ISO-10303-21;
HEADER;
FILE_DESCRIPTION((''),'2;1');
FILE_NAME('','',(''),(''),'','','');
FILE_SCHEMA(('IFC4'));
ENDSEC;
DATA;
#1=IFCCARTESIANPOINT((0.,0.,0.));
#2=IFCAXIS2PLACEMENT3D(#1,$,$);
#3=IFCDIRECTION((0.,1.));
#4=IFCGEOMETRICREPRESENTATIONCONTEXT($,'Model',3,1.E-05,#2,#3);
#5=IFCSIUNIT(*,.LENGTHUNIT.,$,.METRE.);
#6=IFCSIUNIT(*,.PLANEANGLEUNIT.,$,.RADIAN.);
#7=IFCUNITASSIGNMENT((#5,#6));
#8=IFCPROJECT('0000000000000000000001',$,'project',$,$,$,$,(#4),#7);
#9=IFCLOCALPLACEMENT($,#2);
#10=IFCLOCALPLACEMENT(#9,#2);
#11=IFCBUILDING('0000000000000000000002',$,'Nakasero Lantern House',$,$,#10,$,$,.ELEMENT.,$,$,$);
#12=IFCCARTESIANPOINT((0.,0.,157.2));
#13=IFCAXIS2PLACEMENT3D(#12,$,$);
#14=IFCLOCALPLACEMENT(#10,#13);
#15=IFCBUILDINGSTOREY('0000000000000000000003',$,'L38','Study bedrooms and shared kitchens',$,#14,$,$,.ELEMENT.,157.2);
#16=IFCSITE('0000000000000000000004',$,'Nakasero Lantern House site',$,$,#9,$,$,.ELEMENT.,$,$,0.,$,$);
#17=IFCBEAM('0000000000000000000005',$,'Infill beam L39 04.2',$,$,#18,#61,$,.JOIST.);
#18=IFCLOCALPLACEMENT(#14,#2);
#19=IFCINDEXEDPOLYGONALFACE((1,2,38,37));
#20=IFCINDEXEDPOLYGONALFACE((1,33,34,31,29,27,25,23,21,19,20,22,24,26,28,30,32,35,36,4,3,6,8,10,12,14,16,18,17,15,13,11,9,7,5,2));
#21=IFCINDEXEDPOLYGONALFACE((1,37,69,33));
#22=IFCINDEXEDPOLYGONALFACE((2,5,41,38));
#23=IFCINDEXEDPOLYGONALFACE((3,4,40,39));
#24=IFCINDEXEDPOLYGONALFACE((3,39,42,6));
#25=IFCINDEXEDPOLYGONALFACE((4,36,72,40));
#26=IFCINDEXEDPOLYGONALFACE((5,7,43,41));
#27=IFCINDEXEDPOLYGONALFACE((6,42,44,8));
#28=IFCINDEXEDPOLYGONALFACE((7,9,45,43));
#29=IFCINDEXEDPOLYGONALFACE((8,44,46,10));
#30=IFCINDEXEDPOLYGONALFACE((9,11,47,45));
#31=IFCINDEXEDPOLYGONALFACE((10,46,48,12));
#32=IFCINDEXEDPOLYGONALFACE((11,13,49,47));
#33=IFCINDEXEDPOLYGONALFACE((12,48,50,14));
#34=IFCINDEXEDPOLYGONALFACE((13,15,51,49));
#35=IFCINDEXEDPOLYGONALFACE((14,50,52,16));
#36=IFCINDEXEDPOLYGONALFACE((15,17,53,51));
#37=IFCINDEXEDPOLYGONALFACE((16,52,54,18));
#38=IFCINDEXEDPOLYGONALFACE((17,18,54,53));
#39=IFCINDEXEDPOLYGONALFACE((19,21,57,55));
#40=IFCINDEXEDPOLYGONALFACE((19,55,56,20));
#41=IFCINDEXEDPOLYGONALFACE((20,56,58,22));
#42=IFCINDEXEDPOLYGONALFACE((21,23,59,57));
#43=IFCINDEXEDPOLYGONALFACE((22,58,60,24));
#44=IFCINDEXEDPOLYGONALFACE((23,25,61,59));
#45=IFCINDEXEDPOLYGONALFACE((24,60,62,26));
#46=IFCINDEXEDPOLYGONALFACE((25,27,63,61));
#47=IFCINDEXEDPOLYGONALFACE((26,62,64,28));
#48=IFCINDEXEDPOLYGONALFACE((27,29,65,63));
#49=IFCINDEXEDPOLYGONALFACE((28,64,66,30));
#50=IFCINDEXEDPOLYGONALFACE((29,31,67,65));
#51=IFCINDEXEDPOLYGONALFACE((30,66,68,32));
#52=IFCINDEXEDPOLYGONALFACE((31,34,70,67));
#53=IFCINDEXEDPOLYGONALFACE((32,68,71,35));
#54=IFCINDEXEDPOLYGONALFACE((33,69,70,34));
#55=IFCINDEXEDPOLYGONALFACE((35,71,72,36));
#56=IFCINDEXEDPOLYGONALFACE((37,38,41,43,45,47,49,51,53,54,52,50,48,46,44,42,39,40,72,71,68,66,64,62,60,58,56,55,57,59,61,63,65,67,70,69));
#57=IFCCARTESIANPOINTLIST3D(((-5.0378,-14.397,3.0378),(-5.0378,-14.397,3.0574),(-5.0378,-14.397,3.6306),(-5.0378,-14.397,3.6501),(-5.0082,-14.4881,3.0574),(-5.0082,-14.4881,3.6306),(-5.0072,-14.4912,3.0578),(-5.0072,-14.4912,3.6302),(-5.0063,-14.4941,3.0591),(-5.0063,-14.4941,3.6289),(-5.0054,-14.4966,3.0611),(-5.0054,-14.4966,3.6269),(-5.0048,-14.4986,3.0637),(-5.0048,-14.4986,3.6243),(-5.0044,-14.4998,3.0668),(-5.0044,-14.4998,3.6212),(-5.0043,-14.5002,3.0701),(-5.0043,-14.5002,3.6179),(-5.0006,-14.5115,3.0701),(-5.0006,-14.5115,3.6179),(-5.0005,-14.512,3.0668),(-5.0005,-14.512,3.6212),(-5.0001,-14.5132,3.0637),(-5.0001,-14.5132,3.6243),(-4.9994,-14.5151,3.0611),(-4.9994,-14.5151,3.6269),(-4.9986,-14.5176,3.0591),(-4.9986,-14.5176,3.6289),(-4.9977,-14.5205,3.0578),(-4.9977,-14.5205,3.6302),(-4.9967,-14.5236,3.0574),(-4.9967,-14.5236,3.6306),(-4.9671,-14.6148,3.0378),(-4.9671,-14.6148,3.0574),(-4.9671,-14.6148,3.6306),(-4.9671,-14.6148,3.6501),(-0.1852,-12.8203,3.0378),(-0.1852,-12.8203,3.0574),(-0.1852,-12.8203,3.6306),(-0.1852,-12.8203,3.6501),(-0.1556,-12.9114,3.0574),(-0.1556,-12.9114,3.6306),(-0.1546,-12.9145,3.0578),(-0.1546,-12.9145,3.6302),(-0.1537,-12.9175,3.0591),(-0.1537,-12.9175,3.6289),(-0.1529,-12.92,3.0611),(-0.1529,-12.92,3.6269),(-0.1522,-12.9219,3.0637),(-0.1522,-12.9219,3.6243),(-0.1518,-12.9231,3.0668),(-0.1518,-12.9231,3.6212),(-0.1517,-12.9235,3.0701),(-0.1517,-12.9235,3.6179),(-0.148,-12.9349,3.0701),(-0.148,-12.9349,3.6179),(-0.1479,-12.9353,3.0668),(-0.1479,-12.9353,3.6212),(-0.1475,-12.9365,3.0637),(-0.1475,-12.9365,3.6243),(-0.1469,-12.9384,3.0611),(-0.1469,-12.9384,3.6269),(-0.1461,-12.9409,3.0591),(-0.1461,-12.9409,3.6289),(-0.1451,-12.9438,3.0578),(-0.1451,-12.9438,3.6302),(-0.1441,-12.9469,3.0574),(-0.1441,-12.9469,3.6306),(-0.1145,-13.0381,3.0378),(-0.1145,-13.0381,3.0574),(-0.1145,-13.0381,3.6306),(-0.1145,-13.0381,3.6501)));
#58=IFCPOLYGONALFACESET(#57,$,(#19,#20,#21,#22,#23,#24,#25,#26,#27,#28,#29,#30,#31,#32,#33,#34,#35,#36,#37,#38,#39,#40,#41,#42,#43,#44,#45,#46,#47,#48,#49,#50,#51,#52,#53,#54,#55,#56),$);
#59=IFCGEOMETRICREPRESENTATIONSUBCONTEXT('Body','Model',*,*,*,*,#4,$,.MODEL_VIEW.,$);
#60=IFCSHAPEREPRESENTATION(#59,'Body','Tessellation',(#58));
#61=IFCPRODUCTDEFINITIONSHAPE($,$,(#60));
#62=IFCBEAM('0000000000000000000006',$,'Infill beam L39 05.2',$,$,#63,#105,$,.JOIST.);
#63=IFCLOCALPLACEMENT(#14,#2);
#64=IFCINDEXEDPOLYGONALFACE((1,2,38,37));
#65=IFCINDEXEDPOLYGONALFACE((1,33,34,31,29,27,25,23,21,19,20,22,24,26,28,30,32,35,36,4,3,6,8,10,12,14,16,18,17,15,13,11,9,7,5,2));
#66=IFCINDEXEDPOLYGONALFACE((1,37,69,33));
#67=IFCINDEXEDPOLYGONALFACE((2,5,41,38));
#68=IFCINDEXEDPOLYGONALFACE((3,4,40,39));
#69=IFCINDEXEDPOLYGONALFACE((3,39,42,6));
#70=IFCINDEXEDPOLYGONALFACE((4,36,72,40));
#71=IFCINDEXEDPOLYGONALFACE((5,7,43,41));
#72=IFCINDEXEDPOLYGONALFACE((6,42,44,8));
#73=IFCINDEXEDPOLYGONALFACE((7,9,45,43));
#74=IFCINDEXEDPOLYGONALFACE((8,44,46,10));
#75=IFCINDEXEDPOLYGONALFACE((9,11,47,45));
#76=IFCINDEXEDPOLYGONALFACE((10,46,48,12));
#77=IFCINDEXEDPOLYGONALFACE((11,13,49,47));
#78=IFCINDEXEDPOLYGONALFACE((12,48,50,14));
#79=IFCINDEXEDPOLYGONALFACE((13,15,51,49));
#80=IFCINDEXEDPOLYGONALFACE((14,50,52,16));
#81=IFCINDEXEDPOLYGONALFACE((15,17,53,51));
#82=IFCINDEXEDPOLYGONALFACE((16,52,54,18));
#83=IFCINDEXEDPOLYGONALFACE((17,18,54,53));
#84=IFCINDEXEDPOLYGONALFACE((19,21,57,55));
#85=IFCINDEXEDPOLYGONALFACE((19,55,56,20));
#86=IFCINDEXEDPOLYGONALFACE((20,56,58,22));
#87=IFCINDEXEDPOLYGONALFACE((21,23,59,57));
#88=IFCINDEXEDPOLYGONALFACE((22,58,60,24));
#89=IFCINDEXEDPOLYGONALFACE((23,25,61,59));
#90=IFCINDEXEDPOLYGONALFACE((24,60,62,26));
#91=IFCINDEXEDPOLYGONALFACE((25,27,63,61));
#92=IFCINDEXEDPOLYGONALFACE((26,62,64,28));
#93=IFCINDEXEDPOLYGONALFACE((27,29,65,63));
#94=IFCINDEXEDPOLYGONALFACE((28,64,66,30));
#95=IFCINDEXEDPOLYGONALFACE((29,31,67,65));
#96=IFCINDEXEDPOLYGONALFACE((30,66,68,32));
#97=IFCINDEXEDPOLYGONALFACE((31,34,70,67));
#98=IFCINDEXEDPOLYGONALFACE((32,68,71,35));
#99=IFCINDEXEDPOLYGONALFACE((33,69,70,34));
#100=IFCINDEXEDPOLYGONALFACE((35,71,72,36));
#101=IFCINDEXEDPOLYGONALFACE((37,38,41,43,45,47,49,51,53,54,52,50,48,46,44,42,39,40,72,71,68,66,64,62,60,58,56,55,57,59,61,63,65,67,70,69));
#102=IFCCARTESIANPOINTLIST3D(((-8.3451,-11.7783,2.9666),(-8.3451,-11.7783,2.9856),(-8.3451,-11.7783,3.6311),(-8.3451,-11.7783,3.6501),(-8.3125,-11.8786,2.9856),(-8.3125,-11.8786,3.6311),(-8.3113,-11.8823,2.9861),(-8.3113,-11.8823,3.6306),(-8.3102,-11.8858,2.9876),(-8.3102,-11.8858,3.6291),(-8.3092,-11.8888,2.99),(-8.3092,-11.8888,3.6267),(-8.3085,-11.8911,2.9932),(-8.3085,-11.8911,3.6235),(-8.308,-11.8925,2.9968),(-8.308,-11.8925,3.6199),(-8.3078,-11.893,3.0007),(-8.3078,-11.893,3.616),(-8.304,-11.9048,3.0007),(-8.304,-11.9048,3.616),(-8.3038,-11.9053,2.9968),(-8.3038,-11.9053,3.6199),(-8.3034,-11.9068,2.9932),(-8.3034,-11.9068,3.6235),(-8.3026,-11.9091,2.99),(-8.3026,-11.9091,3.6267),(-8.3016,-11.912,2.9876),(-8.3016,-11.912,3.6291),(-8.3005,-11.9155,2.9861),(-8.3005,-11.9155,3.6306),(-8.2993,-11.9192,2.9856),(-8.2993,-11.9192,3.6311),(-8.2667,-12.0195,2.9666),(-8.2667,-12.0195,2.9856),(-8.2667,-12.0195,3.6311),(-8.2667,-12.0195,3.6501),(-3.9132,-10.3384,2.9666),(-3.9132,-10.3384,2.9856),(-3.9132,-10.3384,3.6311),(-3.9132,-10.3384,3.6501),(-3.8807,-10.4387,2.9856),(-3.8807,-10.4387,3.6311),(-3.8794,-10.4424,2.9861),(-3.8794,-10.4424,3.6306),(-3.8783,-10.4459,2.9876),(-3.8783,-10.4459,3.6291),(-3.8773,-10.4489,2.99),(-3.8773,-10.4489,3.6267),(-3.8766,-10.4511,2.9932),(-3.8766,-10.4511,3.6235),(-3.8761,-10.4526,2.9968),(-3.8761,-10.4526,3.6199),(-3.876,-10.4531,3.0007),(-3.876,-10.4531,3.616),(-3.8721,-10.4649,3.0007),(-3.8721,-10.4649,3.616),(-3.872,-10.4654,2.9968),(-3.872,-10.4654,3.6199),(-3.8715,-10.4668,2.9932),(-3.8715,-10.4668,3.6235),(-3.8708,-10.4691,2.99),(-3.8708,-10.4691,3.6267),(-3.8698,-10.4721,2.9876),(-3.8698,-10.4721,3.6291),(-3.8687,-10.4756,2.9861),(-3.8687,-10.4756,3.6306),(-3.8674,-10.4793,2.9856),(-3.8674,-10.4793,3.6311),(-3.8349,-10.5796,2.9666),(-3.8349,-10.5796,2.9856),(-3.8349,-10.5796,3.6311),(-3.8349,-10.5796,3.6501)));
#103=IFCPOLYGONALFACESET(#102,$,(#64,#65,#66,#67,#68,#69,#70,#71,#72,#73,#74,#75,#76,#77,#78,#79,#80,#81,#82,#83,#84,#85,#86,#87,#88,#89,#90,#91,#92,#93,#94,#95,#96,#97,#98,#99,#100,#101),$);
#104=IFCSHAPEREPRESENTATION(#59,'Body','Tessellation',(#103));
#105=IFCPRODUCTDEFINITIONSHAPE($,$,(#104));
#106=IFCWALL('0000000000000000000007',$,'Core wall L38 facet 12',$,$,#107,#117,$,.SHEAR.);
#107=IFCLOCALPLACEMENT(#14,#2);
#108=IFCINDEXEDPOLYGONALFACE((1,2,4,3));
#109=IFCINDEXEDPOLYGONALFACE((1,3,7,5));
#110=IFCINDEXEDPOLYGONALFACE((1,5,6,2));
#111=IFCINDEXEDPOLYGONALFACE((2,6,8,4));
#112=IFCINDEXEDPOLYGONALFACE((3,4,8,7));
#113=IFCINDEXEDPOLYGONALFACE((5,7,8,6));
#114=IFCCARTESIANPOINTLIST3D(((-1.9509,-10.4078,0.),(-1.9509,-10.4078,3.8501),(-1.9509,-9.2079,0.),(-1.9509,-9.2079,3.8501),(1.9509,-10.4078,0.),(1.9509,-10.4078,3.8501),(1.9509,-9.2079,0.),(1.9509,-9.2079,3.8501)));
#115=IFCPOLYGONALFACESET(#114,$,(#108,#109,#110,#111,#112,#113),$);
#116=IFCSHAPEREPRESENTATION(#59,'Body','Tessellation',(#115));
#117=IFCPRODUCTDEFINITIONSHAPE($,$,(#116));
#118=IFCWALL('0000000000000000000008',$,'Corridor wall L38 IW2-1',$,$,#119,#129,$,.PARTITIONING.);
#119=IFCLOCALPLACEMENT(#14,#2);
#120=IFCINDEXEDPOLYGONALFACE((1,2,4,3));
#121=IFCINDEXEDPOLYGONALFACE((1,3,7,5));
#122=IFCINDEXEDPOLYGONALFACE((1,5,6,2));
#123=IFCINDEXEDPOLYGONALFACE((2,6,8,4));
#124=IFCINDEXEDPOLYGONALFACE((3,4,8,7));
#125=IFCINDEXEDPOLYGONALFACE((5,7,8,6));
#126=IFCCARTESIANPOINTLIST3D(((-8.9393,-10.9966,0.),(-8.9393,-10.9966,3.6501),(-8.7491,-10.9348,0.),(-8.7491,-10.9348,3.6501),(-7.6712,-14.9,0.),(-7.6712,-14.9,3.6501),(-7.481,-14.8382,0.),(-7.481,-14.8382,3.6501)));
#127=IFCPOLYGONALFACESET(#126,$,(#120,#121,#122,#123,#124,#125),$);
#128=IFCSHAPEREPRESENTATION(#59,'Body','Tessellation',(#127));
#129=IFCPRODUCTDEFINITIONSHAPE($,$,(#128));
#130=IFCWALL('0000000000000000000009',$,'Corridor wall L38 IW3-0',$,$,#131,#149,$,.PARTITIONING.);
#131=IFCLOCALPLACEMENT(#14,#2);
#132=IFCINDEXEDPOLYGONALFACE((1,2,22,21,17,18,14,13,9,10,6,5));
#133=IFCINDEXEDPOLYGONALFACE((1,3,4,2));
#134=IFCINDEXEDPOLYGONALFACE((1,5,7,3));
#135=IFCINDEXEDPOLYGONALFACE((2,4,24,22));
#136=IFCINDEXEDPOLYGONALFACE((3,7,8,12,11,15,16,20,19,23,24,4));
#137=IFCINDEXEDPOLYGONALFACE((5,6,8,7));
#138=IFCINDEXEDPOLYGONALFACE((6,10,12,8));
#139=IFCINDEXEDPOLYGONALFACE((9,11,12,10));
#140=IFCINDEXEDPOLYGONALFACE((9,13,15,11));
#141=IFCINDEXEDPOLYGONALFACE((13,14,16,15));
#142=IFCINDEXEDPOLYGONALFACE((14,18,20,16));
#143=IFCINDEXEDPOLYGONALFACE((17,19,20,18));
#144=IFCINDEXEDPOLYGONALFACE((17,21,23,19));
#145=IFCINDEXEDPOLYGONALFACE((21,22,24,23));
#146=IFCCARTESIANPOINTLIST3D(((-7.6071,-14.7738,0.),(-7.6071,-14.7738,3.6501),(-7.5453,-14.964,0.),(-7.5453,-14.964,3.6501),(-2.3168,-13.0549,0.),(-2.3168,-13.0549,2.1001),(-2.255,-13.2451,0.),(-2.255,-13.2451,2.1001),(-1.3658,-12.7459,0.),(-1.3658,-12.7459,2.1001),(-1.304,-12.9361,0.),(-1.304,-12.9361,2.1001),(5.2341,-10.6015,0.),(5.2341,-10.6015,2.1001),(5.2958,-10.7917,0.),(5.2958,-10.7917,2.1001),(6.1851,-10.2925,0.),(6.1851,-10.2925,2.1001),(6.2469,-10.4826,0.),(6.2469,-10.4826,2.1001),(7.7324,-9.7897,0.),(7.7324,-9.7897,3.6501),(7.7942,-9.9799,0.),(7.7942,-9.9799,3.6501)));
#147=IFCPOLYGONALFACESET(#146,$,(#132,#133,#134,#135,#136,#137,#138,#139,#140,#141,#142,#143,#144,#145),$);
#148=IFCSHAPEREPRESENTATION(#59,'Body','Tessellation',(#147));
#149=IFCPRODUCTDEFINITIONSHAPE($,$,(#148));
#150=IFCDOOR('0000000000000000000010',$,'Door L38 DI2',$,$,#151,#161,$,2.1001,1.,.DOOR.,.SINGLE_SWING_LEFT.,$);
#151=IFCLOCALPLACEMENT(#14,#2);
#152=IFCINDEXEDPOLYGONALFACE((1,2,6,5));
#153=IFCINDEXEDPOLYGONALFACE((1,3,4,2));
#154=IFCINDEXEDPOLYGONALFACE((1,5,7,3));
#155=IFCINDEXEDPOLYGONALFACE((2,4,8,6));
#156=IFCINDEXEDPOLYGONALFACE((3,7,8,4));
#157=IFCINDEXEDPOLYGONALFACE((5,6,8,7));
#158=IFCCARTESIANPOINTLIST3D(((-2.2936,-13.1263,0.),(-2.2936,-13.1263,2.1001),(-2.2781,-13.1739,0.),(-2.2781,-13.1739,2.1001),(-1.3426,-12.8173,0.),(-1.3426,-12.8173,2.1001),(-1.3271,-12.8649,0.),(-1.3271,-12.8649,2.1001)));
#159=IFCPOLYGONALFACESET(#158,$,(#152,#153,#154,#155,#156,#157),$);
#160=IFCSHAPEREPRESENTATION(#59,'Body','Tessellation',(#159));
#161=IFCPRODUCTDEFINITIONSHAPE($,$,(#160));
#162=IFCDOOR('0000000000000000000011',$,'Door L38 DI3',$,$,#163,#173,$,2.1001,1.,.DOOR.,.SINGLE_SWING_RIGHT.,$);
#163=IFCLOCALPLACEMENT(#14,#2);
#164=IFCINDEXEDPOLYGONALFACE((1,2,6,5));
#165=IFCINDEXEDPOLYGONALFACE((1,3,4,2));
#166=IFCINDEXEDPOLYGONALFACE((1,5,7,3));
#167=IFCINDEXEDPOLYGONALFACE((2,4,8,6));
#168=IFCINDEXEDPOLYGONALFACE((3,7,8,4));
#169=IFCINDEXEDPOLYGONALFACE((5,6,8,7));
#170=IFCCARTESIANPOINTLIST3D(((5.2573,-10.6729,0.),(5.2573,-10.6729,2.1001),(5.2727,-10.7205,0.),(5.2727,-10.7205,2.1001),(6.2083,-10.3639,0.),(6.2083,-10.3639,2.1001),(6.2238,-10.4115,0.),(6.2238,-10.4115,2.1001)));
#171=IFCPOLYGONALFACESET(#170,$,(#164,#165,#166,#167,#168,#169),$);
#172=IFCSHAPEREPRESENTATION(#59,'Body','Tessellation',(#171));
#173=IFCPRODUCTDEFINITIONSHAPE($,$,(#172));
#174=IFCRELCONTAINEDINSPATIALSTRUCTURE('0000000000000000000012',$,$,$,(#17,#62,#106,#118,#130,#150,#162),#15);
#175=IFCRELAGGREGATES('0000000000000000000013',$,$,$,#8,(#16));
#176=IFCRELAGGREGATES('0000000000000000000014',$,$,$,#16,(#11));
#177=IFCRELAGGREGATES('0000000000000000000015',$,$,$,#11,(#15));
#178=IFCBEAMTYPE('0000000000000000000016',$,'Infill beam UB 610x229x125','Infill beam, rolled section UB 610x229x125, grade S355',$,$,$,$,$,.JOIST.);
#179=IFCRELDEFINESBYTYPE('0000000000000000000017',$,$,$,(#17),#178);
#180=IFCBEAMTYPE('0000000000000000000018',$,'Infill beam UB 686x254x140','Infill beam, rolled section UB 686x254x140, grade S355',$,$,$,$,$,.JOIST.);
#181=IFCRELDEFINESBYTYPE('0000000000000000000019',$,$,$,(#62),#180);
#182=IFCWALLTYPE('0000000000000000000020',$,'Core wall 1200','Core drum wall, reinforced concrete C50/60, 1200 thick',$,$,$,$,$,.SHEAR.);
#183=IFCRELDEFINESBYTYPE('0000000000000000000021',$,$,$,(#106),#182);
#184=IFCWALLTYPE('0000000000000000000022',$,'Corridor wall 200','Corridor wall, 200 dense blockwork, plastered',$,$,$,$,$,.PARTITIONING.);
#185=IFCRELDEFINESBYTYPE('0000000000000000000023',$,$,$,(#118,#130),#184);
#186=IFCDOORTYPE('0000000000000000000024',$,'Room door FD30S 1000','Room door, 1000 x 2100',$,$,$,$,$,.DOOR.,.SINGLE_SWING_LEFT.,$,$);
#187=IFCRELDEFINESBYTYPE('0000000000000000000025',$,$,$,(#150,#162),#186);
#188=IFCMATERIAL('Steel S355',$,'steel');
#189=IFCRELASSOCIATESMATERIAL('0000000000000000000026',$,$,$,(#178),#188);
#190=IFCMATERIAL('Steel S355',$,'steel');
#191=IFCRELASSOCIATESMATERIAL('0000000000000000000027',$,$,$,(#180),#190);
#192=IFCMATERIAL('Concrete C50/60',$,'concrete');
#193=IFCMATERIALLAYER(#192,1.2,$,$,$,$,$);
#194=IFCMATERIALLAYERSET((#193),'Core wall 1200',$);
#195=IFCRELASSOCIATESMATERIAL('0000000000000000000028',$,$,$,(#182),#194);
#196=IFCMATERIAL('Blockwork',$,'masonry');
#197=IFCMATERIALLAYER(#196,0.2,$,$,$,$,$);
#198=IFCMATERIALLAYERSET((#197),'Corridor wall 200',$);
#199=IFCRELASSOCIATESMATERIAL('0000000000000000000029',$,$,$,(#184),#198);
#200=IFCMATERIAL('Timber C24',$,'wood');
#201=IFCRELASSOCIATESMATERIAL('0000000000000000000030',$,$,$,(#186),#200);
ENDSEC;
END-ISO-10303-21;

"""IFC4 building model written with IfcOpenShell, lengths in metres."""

from ifc_helpers import new_model, si_unit, direction, frame, frame_2d, origin, origin_2d, place, context, subcontext, project, spatial, rectangle, i_section, extrude, material, layer, layer_set, material_profile, profile_set, type_object, element, fill, save


model = new_model("IFC4")

# Units and contexts
model_context = context("Model", 3, precision=1e-05, world=origin(), true_north=direction((0.0, 1.0)))
body_context = subcontext(model_context, "Body", "Model", "MODEL_VIEW")
ifc_project = project(units=[si_unit("LENGTHUNIT", "METRE"), si_unit("PLANEANGLEUNIT", "RADIAN")], contexts=[model_context])

# Site, building, storey
site_placement = place(None, origin())
site = spatial("IfcSite", under=ifc_project, at=site_placement, Name="Nakasero Lantern House site", CompositionType="ELEMENT", RefElevation=0.0)
building_placement = place(site_placement, origin())
building = spatial("IfcBuilding", under=site, at=building_placement, Name="Nakasero Lantern House", CompositionType="ELEMENT")
storey_placement = place(building_placement, frame((0.0, 0.0, 157.2)))
storey = spatial("IfcBuildingStorey", under=building, at=storey_placement, Name="L38", Description="Study bedrooms and shared kitchens", CompositionType="ELEMENT", Elevation=157.2)

# Beams
ifc_material_1 = material(Name="Steel S355", Category="steel")
ifc_material_profile_1 = material_profile(ifc_material_1, i_section(OverallWidth=0.229, OverallDepth=0.6123, WebThickness=0.012, FlangeThickness=0.0195, FilletRadius=0.0127, at=origin_2d()), Name="UB 610x229x125")
ifc_profile_set_1 = profile_set([ifc_material_profile_1], Name="Steel S355")
beam_type_1 = type_object("IfcBeamType", Name="Infill beam UB 610x229x125", Description="Infill beam, rolled section UB 610x229x125, grade S355", PredefinedType="JOIST", material=ifc_profile_set_1)
beam_1_placement = place(storey_placement, frame((-5.0024, -14.5059, 3.344), z_axis=(0.951058, 0.309012, 0.0), x_axis=(-0.309012, 0.951058, 0.0)))
element("IfcBeam", 1, at=beam_1_placement, inside=storey, type_object=beam_type_1, Name="Infill beam L39 04.2", PredefinedType="JOIST", context=body_context, shape_type="SweptSolid", body=[
    extrude(i_section(OverallWidth=0.229, OverallDepth=0.6123, WebThickness=0.012, FlangeThickness=0.0195, FilletRadius=0.0127, at=origin_2d()), origin(), (0.0, 0.0, 1.0), 5.1023),
])
ifc_material_2 = material(Name="Steel S355", Category="steel")
ifc_material_profile_2 = material_profile(ifc_material_2, i_section(OverallWidth=0.2537, OverallDepth=0.6836, WebThickness=0.0125, FlangeThickness=0.019, FilletRadius=0.0151, at=origin_2d()), Name="UB 686x254x140")
ifc_profile_set_2 = profile_set([ifc_material_profile_2], Name="Steel S355")
beam_type_2 = type_object("IfcBeamType", Name="Infill beam UB 686x254x140", Description="Infill beam, rolled section UB 686x254x140, grade S355", PredefinedType="JOIST", material=ifc_profile_set_2)
beam_2_placement = place(storey_placement, frame((-8.3059, -11.8989, 3.3083), z_axis=(0.951061, 0.309004, 0.0), x_axis=(-0.309004, 0.951061, 0.0)))
element("IfcBeam", 2, at=beam_2_placement, inside=storey, type_object=beam_type_2, Name="Infill beam L39 05.2", PredefinedType="JOIST", context=body_context, shape_type="SweptSolid", body=[
    extrude(i_section(OverallWidth=0.2537, OverallDepth=0.6836, WebThickness=0.0125, FlangeThickness=0.019, FilletRadius=0.0151, at=origin_2d()), origin(), (0.0, 0.0, 1.0), 4.6599),
])

# Walls
ifc_material_3 = material(Name="Concrete C50/60", Category="concrete")
ifc_layer_1 = layer(ifc_material_3, 1.2)
ifc_layer_set_1 = layer_set([ifc_layer_1], Name="Core wall 1200")
wall_type_1 = type_object("IfcWallType", Name="Core wall 1200", Description="Core drum wall, reinforced concrete C50/60, 1200 thick", PredefinedType="SHEAR", material=ifc_layer_set_1)
wall_1_placement = place(storey_placement, frame((-1.9509, -9.8079, 0.0), z_axis=(0.0, 0.0, 1.0), x_axis=(1.0, 0.0, 0.0)))
element("IfcWall", 3, at=wall_1_placement, inside=storey, type_object=wall_type_1, Name="Core wall L38 facet 12", PredefinedType="SHEAR", context=body_context, shape_type="SweptSolid", body=[
    extrude(rectangle(XDim=3.9019, YDim=1.2, at=frame_2d((1.9509, 0.0))), origin(), (0.0, 0.0, 1.0), 3.8501),
])
ifc_material_4 = material(Name="Blockwork", Category="masonry")
ifc_layer_2 = layer(ifc_material_4, 0.2)
ifc_layer_set_2 = layer_set([ifc_layer_2], Name="Corridor wall 200")
wall_type_2 = type_object("IfcWallType", Name="Corridor wall 200", Description="Corridor wall, 200 dense blockwork, plastered", PredefinedType="PARTITIONING", material=ifc_layer_set_2)
wall_2_placement = place(storey_placement, frame((-8.8442, -10.9656, 0.0), z_axis=(0.0, 0.0, 1.0), x_axis=(0.308973, -0.951071, 0.0)))
element("IfcWall", 4, at=wall_2_placement, inside=storey, type_object=wall_type_2, Name="Corridor wall L38 IW2-1", PredefinedType="PARTITIONING", context=body_context, shape_type="SweptSolid", body=[
    extrude(rectangle(XDim=4.1042, YDim=0.2, at=frame_2d((2.0522, 0.0))), origin(), (0.0, 0.0, 1.0), 3.6501),
])

# Wall, openings, doors
wall_3_placement = place(storey_placement, frame((-7.5762, -14.8689, 0.0), z_axis=(0.0, 0.0, 1.0), x_axis=(0.951057, 0.309017, 0.0)))
wall_3 = element("IfcWall", 5, at=wall_3_placement, inside=storey, type_object=wall_type_2, Name="Corridor wall L38 IW3-0", PredefinedType="PARTITIONING", context=body_context, shape_type="SweptSolid", body=[
    extrude(rectangle(XDim=16.1289, YDim=0.2, at=frame_2d((8.0645, 0.0))), origin(), (0.0, 0.0, 1.0), 3.6501),
])
opening_1_placement = place(wall_3_placement, frame((5.5625, 0.0, 0.0)))
opening_1 = element("IfcOpeningElement", 6, at=opening_1_placement, cuts=wall_3, PredefinedType="OPENING", context=body_context, shape_type="SweptSolid", body=[
    extrude(rectangle(XDim=1.0, YDim=2.1001, at=frame_2d((0.5, 1.05))), frame((0.0, 0.1199, 0.0), z_axis=(0.0, -1.0, 0.0), x_axis=(1.0, 0.0, 0.0)), (0.0, 0.0, 1.0), 0.24),
])
opening_2_placement = place(wall_3_placement, frame((13.502, 0.0, 0.0)))
opening_2 = element("IfcOpeningElement", 7, at=opening_2_placement, cuts=wall_3, PredefinedType="OPENING", context=body_context, shape_type="SweptSolid", body=[
    extrude(rectangle(XDim=1.0, YDim=2.1001, at=frame_2d((0.5, 1.05))), frame((0.0, 0.1199, 0.0), z_axis=(0.0, -1.0, 0.0), x_axis=(1.0, 0.0, 0.0)), (0.0, 0.0, 1.0), 0.24),
])
ifc_material_5 = material(Name="Timber C24", Category="wood")
door_type_1 = type_object("IfcDoorType", Name="Room door FD30S 1000", Description="Room door, 1000 x 2100", OperationType="SINGLE_SWING_LEFT", PredefinedType="DOOR", material=ifc_material_5)
door_1_placement = place(opening_1_placement, origin())
door_1 = element("IfcDoor", 8, at=door_1_placement, inside=storey, type_object=door_type_1, Name="Door L38 DI2", OperationType="SINGLE_SWING_LEFT", OverallHeight=2.1001, OverallWidth=1.0, PredefinedType="DOOR", context=body_context, shape_type="SweptSolid", body=[
    extrude(rectangle(XDim=1.0, YDim=2.1001, at=frame_2d((0.5, 1.05))), frame((0.0, 0.0249, 0.0), z_axis=(0.0, -1.0, 0.0), x_axis=(1.0, 0.0, 0.0)), (0.0, 0.0, 1.0), 0.05),
])
fill(opening_1, door_1)
door_2_placement = place(opening_2_placement, origin())
door_2 = element("IfcDoor", 9, at=door_2_placement, inside=storey, type_object=door_type_1, Name="Door L38 DI3", OperationType="SINGLE_SWING_RIGHT", OverallHeight=2.1001, OverallWidth=1.0, PredefinedType="DOOR", context=body_context, shape_type="SweptSolid", body=[
    extrude(rectangle(XDim=1.0, YDim=2.1001, at=frame_2d((0.5, 1.05))), frame((0.0, 0.0249, 0.0), z_axis=(0.0, -1.0, 0.0), x_axis=(1.0, 0.0, 0.0)), (0.0, 0.0, 1.0), 0.05),
])
fill(opening_2, door_2)

save(model, "model.ifc")
